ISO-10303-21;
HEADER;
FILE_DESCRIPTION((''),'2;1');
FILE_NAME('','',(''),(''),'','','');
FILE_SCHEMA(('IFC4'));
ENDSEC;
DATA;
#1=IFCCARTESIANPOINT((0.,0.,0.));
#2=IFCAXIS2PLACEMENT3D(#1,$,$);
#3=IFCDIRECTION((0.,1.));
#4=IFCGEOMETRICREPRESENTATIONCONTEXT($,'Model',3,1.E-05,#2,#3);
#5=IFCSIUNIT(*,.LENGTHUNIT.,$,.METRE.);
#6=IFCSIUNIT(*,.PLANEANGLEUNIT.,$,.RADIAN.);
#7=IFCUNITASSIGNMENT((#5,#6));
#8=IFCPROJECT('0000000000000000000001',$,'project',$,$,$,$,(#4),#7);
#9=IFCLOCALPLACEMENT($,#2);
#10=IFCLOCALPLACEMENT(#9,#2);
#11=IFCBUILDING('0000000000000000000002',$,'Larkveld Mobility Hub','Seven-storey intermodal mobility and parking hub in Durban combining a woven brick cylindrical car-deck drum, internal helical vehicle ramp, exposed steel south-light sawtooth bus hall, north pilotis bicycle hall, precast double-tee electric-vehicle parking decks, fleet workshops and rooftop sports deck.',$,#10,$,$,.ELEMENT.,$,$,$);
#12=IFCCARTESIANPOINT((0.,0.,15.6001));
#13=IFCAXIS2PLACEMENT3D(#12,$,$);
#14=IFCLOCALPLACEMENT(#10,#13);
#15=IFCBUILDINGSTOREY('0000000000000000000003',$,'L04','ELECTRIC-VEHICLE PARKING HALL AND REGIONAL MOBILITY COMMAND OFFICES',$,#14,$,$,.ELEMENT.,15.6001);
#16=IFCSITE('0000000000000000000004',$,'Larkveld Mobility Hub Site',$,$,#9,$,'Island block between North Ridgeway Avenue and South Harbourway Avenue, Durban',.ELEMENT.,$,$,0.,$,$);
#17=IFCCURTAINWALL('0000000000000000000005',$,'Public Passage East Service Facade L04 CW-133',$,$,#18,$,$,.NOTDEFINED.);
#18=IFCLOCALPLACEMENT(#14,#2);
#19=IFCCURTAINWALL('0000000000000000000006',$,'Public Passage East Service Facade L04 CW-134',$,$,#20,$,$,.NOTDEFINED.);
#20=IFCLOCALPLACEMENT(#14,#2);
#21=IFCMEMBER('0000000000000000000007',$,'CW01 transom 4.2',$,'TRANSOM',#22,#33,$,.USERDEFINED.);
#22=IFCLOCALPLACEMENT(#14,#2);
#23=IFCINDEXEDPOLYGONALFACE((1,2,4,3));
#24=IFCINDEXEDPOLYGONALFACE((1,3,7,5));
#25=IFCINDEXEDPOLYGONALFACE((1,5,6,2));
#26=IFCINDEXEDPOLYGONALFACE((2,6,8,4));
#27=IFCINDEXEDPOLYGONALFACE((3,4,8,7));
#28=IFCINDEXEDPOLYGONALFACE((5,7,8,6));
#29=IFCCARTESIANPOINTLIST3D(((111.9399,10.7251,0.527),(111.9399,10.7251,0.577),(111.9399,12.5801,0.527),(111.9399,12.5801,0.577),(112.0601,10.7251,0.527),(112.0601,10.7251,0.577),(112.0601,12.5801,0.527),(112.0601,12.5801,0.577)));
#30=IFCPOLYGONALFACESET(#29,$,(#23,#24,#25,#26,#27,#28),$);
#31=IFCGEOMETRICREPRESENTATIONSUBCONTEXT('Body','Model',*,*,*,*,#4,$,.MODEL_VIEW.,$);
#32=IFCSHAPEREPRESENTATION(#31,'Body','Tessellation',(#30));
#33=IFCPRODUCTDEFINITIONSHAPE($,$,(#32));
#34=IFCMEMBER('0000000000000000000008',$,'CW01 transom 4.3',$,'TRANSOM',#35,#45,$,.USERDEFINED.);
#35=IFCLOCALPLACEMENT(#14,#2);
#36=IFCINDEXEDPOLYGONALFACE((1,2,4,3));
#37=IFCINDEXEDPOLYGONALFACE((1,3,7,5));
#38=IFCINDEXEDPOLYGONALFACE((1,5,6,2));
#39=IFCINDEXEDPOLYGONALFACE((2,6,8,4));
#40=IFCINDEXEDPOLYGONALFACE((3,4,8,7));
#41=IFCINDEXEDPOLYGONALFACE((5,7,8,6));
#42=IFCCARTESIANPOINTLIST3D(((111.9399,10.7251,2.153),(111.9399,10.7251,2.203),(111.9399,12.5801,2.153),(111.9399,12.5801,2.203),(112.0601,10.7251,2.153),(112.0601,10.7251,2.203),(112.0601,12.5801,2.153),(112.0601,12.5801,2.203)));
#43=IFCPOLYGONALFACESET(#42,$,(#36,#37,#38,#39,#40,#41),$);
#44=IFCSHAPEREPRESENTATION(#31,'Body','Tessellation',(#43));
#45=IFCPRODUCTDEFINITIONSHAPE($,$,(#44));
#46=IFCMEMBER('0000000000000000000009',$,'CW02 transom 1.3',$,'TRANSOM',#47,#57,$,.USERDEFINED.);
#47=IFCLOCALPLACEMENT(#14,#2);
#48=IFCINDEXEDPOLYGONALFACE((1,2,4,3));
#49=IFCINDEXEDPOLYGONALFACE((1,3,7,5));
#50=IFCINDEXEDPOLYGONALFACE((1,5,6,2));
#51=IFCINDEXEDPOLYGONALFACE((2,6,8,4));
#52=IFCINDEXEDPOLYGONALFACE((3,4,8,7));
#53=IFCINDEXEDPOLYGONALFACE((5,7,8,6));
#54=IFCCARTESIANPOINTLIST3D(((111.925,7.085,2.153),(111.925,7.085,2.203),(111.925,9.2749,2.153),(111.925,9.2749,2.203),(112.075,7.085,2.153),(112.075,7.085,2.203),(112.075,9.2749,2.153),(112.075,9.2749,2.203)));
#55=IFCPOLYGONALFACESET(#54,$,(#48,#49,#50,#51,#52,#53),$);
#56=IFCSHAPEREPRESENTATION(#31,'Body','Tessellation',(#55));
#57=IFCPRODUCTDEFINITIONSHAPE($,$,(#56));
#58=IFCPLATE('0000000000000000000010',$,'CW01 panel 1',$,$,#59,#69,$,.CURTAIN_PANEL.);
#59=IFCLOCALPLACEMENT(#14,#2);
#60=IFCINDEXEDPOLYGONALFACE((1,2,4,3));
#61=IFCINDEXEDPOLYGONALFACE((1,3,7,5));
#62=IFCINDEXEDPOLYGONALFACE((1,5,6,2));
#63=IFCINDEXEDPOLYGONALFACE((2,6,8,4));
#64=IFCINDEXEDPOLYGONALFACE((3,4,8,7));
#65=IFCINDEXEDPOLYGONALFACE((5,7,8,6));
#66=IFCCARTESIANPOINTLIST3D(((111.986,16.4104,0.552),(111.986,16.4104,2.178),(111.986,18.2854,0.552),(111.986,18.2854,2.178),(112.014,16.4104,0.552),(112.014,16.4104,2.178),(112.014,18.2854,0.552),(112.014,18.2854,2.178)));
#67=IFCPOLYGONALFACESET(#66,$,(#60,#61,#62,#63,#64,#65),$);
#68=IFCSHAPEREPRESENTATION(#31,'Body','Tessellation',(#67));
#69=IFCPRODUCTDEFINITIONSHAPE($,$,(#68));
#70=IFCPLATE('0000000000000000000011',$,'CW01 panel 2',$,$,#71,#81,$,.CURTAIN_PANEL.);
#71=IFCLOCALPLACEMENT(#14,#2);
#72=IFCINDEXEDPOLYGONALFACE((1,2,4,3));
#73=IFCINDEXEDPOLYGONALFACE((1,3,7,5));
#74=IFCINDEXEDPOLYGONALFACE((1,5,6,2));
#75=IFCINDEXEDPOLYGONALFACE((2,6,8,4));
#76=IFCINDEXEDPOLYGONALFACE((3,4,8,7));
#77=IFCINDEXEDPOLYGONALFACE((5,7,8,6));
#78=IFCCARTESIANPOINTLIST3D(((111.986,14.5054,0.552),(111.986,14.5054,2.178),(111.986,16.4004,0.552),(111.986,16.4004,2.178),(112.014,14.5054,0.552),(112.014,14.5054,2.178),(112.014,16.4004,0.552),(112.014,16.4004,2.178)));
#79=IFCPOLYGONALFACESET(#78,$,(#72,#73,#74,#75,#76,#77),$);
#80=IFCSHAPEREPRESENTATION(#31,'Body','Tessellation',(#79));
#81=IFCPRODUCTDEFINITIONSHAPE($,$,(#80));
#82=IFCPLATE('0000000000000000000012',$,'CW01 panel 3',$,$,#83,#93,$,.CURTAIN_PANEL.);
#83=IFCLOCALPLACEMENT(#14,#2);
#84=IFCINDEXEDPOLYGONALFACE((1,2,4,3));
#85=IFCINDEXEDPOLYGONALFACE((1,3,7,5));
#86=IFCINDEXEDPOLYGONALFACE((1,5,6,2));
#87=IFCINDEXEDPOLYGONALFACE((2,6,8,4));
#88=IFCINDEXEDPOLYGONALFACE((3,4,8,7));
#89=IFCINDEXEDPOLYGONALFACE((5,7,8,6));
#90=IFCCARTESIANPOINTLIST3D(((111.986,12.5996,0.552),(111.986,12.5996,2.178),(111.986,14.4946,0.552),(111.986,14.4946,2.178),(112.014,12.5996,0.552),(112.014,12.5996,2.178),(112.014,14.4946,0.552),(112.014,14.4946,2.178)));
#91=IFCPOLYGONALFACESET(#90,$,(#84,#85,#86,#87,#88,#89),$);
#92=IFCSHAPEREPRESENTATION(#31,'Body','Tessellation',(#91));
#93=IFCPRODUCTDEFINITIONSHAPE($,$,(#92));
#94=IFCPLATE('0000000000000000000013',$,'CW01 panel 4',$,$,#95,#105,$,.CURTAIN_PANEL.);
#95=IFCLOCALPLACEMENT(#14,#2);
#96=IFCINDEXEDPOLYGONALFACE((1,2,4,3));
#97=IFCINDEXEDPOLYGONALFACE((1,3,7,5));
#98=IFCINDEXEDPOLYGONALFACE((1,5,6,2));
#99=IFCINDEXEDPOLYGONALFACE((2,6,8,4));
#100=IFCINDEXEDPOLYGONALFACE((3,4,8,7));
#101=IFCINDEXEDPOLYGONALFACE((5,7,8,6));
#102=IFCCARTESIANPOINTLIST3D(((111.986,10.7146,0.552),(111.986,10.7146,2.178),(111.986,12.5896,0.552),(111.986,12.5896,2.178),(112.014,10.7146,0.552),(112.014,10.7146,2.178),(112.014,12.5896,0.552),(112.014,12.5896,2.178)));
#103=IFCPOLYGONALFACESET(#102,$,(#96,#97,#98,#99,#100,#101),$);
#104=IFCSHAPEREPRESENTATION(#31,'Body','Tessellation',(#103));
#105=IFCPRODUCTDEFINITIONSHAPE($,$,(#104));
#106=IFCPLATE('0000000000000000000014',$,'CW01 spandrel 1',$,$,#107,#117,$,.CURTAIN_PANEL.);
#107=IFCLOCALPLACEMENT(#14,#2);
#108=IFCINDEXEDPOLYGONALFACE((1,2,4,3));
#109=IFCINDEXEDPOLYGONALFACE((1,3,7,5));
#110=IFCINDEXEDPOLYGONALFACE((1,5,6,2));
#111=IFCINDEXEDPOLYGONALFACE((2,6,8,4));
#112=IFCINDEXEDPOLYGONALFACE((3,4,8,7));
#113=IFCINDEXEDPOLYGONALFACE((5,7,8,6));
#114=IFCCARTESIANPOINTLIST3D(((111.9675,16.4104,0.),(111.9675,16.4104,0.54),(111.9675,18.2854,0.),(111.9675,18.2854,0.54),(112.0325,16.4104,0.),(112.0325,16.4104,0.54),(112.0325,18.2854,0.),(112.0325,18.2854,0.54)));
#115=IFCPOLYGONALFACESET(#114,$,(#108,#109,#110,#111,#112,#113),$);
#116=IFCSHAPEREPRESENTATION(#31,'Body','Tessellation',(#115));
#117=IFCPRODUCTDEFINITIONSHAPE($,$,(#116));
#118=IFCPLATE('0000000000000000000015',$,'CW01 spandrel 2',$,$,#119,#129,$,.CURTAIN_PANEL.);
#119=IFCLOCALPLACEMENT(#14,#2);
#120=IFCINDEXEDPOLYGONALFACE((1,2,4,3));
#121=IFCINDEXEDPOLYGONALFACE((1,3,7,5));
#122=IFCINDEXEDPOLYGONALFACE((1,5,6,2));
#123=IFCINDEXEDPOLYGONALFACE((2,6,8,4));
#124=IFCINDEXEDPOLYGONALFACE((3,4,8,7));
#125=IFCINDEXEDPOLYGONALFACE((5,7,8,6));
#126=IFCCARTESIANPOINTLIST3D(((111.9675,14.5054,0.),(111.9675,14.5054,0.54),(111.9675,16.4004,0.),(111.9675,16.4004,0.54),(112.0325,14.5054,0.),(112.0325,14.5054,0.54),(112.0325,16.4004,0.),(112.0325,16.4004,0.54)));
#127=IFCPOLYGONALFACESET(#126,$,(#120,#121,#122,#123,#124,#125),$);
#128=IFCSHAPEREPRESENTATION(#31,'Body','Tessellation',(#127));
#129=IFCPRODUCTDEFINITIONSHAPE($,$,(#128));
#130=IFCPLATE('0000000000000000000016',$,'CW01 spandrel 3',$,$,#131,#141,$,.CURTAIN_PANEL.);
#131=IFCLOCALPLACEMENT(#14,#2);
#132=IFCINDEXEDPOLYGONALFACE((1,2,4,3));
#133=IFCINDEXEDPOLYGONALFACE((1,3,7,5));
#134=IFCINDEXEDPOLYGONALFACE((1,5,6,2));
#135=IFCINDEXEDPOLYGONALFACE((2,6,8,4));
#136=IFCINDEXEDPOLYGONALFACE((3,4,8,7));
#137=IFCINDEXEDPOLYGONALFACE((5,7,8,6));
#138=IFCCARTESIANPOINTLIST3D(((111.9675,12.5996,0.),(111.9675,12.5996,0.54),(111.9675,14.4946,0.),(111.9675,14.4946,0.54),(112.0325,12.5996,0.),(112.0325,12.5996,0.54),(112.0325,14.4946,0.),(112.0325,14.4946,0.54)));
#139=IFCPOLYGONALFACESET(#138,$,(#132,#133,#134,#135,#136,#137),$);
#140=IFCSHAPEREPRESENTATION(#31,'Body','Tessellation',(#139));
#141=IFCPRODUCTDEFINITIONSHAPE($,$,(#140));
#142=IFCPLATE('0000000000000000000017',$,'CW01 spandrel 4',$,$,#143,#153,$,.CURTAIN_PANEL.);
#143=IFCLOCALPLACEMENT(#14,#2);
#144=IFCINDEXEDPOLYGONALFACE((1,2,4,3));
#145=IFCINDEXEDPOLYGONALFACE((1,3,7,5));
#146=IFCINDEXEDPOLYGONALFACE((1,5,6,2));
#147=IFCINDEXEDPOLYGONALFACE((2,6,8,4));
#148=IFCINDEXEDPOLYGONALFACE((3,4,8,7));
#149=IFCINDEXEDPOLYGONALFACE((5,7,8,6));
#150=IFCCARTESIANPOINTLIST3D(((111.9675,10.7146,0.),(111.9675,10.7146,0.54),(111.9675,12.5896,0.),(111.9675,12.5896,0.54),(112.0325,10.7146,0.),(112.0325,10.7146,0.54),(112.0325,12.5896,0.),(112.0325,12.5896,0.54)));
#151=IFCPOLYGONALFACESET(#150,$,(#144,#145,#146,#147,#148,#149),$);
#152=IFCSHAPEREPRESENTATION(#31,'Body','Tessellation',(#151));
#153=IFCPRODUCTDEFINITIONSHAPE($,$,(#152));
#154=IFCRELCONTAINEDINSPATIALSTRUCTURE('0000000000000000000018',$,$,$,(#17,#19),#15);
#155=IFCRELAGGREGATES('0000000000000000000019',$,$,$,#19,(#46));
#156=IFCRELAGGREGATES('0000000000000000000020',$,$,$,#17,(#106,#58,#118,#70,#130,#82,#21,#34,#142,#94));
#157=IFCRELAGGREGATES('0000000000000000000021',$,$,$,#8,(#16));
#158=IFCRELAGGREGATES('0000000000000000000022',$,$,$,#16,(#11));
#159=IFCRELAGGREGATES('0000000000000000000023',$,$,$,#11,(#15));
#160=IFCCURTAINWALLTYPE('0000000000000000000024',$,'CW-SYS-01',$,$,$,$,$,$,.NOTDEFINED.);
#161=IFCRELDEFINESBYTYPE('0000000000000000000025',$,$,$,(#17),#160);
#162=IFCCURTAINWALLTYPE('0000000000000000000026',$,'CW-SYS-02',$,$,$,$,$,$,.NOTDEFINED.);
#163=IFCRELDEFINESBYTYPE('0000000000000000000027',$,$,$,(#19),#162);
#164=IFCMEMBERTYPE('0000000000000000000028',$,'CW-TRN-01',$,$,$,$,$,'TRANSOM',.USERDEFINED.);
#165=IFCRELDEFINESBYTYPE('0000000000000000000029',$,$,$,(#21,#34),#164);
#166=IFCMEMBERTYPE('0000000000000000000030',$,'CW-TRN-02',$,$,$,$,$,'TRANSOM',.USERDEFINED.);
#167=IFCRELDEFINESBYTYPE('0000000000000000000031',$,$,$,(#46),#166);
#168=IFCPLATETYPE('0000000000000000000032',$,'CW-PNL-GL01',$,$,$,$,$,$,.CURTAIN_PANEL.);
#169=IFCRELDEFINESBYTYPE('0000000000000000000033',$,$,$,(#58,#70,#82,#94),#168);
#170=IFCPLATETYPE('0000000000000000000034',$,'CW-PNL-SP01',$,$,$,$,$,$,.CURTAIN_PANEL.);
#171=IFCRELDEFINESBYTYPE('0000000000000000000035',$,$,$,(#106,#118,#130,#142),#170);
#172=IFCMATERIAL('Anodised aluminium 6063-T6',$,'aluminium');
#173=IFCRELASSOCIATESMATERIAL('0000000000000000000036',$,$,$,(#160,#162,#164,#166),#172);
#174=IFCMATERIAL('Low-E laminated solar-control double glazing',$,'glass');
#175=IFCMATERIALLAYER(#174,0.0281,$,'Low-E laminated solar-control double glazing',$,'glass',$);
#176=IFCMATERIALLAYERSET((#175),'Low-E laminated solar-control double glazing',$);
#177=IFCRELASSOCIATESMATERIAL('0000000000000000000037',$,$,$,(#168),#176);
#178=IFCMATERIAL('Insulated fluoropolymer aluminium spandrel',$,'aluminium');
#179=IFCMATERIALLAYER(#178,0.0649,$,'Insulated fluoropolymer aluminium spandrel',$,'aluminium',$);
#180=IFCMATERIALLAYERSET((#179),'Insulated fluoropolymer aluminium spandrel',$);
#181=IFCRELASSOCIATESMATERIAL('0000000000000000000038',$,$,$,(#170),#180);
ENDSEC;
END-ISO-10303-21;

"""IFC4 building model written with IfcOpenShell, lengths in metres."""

from ifc_helpers import new_model, si_unit, direction, frame, origin, origin_2d, place, context, subcontext, project, spatial, rectangle, extrude, material, layer, layer_set, material_profile, profile_set, type_object, element, aggregate, save


model = new_model("IFC4")

# Units and contexts
model_context = context("Model", 3, precision=1e-05, world=origin(), true_north=direction((0.0, 1.0)))
body_context = subcontext(model_context, "Body", "Model", "MODEL_VIEW")
ifc_project = project(units=[si_unit("LENGTHUNIT", "METRE"), si_unit("PLANEANGLEUNIT", "RADIAN")], contexts=[model_context])

# Site, building, storey
site_placement = place(None, origin())
site = spatial("IfcSite", under=ifc_project, at=site_placement, Name="Larkveld Mobility Hub Site", LongName="Island block between North Ridgeway Avenue and South Harbourway Avenue, Durban", CompositionType="ELEMENT", RefElevation=0.0)
building_placement = place(site_placement, origin())
building = spatial("IfcBuilding", under=site, at=building_placement, Name="Larkveld Mobility Hub", Description="Seven-storey intermodal mobility and parking hub in Durban combining a woven brick cylindrical car-deck drum, internal helical vehicle ramp, exposed steel south-light sawtooth bus hall, north pilotis bicycle hall, precast double-tee electric-vehicle parking decks, fleet workshops and rooftop sports deck.", CompositionType="ELEMENT")
storey_placement = place(building_placement, frame((0.0, 0.0, 15.6001)))
storey = spatial("IfcBuildingStorey", under=building, at=storey_placement, Name="L04", Description="ELECTRIC-VEHICLE PARKING HALL AND REGIONAL MOBILITY COMMAND OFFICES", CompositionType="ELEMENT", Elevation=15.6001)

# Curtain wall
ifc_material_1 = material(Name="Anodised aluminium 6063-T6", Category="aluminium")
curtain_wall_type_1 = type_object("IfcCurtainWallType", Name="CW-SYS-01", PredefinedType="NOTDEFINED", material=ifc_material_1)
curtain_wall_1_placement = place(storey_placement, origin())
curtain_wall_1 = element("IfcCurtainWall", 1, at=curtain_wall_1_placement, inside=storey, type_object=curtain_wall_type_1, Name="Public Passage East Service Facade L04 CW-133", PredefinedType="NOTDEFINED")

# Curtain wall
curtain_wall_type_2 = type_object("IfcCurtainWallType", Name="CW-SYS-02", PredefinedType="NOTDEFINED", material=ifc_material_1)
curtain_wall_2_placement = place(storey_placement, origin())
curtain_wall_2 = element("IfcCurtainWall", 2, at=curtain_wall_2_placement, inside=storey, type_object=curtain_wall_type_2, Name="Public Passage East Service Facade L04 CW-134", PredefinedType="NOTDEFINED")

# Members
ifc_material_profile_1 = material_profile(ifc_material_1, rectangle(XDim=0.1201, YDim=0.05, at=origin_2d()), Name="ALU TRAN 50x120")
ifc_profile_set_1 = profile_set([ifc_material_profile_1], Name="Anodised aluminium 6063-T6")
member_type_1 = type_object("IfcMemberType", Name="CW-TRN-01", ElementType="TRANSOM", PredefinedType="USERDEFINED", material=ifc_profile_set_1)
member_1_placement = place(storey_placement, frame((112.0, 12.5801, 0.552), z_axis=(0.0, -1.0, 0.0), x_axis=(1.0, 0.0, 0.0)))
member_1 = element("IfcMember", 3, at=member_1_placement, type_object=member_type_1, Name="CW01 transom 4.2", ObjectType="TRANSOM", PredefinedType="USERDEFINED", context=body_context, shape_type="SweptSolid", body=[
    extrude(rectangle(XDim=0.1201, YDim=0.05, at=origin_2d()), origin(), (0.0, 0.0, 1.0), 1.855),
])
member_2_placement = place(storey_placement, frame((112.0, 12.5801, 2.178), z_axis=(0.0, -1.0, 0.0), x_axis=(1.0, 0.0, 0.0)))
member_2 = element("IfcMember", 4, at=member_2_placement, type_object=member_type_1, Name="CW01 transom 4.3", ObjectType="TRANSOM", PredefinedType="USERDEFINED", context=body_context, shape_type="SweptSolid", body=[
    extrude(rectangle(XDim=0.1201, YDim=0.05, at=origin_2d()), origin(), (0.0, 0.0, 1.0), 1.855),
])
ifc_material_profile_2 = material_profile(ifc_material_1, rectangle(XDim=0.1499, YDim=0.05, at=origin_2d()), Name="ALU TRAN 50x150")
ifc_profile_set_2 = profile_set([ifc_material_profile_2], Name="Anodised aluminium 6063-T6")
member_type_2 = type_object("IfcMemberType", Name="CW-TRN-02", ElementType="TRANSOM", PredefinedType="USERDEFINED", material=ifc_profile_set_2)
member_3_placement = place(storey_placement, frame((112.0, 9.2749, 2.178), z_axis=(0.0, -1.0, 0.0), x_axis=(1.0, 0.0, 0.0)))
member_3 = element("IfcMember", 5, at=member_3_placement, type_object=member_type_2, Name="CW02 transom 1.3", ObjectType="TRANSOM", PredefinedType="USERDEFINED", context=body_context, shape_type="SweptSolid", body=[
    extrude(rectangle(XDim=0.1499, YDim=0.05, at=origin_2d()), origin(), (0.0, 0.0, 1.0), 2.1899),
])
aggregate(curtain_wall_2, [member_3])

# Plates
ifc_material_2 = material(Name="Low-E laminated solar-control double glazing", Category="glass")
ifc_layer_1 = layer(ifc_material_2, 0.0281, Name="Low-E laminated solar-control double glazing", Category="glass")
ifc_layer_set_1 = layer_set([ifc_layer_1], Name="Low-E laminated solar-control double glazing")
plate_type_1 = type_object("IfcPlateType", Name="CW-PNL-GL01", PredefinedType="CURTAIN_PANEL", material=ifc_layer_set_1)
plate_1_placement = place(storey_placement, frame((112.0, 17.3479, 0.552), z_axis=(0.0, 0.0, 1.0), x_axis=(0.0, -1.0, 0.0)))
plate_1 = element("IfcPlate", 6, at=plate_1_placement, type_object=plate_type_1, Name="CW01 panel 1", PredefinedType="CURTAIN_PANEL", context=body_context, shape_type="SweptSolid", body=[
    extrude(rectangle(XDim=1.875, YDim=0.0281, at=origin_2d()), origin(), (0.0, 0.0, 1.0), 1.626),
])
plate_2_placement = place(storey_placement, frame((112.0, 15.4529, 0.552), z_axis=(0.0, 0.0, 1.0), x_axis=(0.0, -1.0, 0.0)))
plate_2 = element("IfcPlate", 7, at=plate_2_placement, type_object=plate_type_1, Name="CW01 panel 2", PredefinedType="CURTAIN_PANEL", context=body_context, shape_type="SweptSolid", body=[
    extrude(rectangle(XDim=1.895, YDim=0.0281, at=origin_2d()), origin(), (0.0, 0.0, 1.0), 1.626),
])
plate_3_placement = place(storey_placement, frame((112.0, 13.5471, 0.552), z_axis=(0.0, 0.0, 1.0), x_axis=(0.0, -1.0, 0.0)))
plate_3 = element("IfcPlate", 8, at=plate_3_placement, type_object=plate_type_1, Name="CW01 panel 3", PredefinedType="CURTAIN_PANEL", context=body_context, shape_type="SweptSolid", body=[
    extrude(rectangle(XDim=1.895, YDim=0.0281, at=origin_2d()), origin(), (0.0, 0.0, 1.0), 1.626),
])
plate_4_placement = place(storey_placement, frame((112.0, 11.6521, 0.552), z_axis=(0.0, 0.0, 1.0), x_axis=(0.0, -1.0, 0.0)))
plate_4 = element("IfcPlate", 9, at=plate_4_placement, type_object=plate_type_1, Name="CW01 panel 4", PredefinedType="CURTAIN_PANEL", context=body_context, shape_type="SweptSolid", body=[
    extrude(rectangle(XDim=1.875, YDim=0.0281, at=origin_2d()), origin(), (0.0, 0.0, 1.0), 1.626),
])
ifc_material_3 = material(Name="Insulated fluoropolymer aluminium spandrel", Category="aluminium")
ifc_layer_2 = layer(ifc_material_3, 0.0649, Name="Insulated fluoropolymer aluminium spandrel", Category="aluminium")
ifc_layer_set_2 = layer_set([ifc_layer_2], Name="Insulated fluoropolymer aluminium spandrel")
plate_type_2 = type_object("IfcPlateType", Name="CW-PNL-SP01", PredefinedType="CURTAIN_PANEL", material=ifc_layer_set_2)
plate_5_placement = place(storey_placement, frame((112.0, 17.3479, 0.0), z_axis=(0.0, 0.0, 1.0), x_axis=(0.0, -1.0, 0.0)))
plate_5 = element("IfcPlate", 10, at=plate_5_placement, type_object=plate_type_2, Name="CW01 spandrel 1", PredefinedType="CURTAIN_PANEL", context=body_context, shape_type="SweptSolid", body=[
    extrude(rectangle(XDim=1.875, YDim=0.0649, at=origin_2d()), origin(), (0.0, 0.0, 1.0), 0.54),
])
plate_6_placement = place(storey_placement, frame((112.0, 15.4529, 0.0), z_axis=(0.0, 0.0, 1.0), x_axis=(0.0, -1.0, 0.0)))
plate_6 = element("IfcPlate", 11, at=plate_6_placement, type_object=plate_type_2, Name="CW01 spandrel 2", PredefinedType="CURTAIN_PANEL", context=body_context, shape_type="SweptSolid", body=[
    extrude(rectangle(XDim=1.895, YDim=0.0649, at=origin_2d()), origin(), (0.0, 0.0, 1.0), 0.54),
])
plate_7_placement = place(storey_placement, frame((112.0, 13.5471, 0.0), z_axis=(0.0, 0.0, 1.0), x_axis=(0.0, -1.0, 0.0)))
plate_7 = element("IfcPlate", 12, at=plate_7_placement, type_object=plate_type_2, Name="CW01 spandrel 3", PredefinedType="CURTAIN_PANEL", context=body_context, shape_type="SweptSolid", body=[
    extrude(rectangle(XDim=1.895, YDim=0.0649, at=origin_2d()), origin(), (0.0, 0.0, 1.0), 0.54),
])
plate_8_placement = place(storey_placement, frame((112.0, 11.6521, 0.0), z_axis=(0.0, 0.0, 1.0), x_axis=(0.0, -1.0, 0.0)))
plate_8 = element("IfcPlate", 13, at=plate_8_placement, type_object=plate_type_2, Name="CW01 spandrel 4", PredefinedType="CURTAIN_PANEL", context=body_context, shape_type="SweptSolid", body=[
    extrude(rectangle(XDim=1.875, YDim=0.0649, at=origin_2d()), origin(), (0.0, 0.0, 1.0), 0.54),
])
aggregate(curtain_wall_1, [plate_5, plate_1, plate_6, plate_2, plate_7, plate_3, member_1, member_2, plate_8, plate_4])

save(model, "model.ifc")
